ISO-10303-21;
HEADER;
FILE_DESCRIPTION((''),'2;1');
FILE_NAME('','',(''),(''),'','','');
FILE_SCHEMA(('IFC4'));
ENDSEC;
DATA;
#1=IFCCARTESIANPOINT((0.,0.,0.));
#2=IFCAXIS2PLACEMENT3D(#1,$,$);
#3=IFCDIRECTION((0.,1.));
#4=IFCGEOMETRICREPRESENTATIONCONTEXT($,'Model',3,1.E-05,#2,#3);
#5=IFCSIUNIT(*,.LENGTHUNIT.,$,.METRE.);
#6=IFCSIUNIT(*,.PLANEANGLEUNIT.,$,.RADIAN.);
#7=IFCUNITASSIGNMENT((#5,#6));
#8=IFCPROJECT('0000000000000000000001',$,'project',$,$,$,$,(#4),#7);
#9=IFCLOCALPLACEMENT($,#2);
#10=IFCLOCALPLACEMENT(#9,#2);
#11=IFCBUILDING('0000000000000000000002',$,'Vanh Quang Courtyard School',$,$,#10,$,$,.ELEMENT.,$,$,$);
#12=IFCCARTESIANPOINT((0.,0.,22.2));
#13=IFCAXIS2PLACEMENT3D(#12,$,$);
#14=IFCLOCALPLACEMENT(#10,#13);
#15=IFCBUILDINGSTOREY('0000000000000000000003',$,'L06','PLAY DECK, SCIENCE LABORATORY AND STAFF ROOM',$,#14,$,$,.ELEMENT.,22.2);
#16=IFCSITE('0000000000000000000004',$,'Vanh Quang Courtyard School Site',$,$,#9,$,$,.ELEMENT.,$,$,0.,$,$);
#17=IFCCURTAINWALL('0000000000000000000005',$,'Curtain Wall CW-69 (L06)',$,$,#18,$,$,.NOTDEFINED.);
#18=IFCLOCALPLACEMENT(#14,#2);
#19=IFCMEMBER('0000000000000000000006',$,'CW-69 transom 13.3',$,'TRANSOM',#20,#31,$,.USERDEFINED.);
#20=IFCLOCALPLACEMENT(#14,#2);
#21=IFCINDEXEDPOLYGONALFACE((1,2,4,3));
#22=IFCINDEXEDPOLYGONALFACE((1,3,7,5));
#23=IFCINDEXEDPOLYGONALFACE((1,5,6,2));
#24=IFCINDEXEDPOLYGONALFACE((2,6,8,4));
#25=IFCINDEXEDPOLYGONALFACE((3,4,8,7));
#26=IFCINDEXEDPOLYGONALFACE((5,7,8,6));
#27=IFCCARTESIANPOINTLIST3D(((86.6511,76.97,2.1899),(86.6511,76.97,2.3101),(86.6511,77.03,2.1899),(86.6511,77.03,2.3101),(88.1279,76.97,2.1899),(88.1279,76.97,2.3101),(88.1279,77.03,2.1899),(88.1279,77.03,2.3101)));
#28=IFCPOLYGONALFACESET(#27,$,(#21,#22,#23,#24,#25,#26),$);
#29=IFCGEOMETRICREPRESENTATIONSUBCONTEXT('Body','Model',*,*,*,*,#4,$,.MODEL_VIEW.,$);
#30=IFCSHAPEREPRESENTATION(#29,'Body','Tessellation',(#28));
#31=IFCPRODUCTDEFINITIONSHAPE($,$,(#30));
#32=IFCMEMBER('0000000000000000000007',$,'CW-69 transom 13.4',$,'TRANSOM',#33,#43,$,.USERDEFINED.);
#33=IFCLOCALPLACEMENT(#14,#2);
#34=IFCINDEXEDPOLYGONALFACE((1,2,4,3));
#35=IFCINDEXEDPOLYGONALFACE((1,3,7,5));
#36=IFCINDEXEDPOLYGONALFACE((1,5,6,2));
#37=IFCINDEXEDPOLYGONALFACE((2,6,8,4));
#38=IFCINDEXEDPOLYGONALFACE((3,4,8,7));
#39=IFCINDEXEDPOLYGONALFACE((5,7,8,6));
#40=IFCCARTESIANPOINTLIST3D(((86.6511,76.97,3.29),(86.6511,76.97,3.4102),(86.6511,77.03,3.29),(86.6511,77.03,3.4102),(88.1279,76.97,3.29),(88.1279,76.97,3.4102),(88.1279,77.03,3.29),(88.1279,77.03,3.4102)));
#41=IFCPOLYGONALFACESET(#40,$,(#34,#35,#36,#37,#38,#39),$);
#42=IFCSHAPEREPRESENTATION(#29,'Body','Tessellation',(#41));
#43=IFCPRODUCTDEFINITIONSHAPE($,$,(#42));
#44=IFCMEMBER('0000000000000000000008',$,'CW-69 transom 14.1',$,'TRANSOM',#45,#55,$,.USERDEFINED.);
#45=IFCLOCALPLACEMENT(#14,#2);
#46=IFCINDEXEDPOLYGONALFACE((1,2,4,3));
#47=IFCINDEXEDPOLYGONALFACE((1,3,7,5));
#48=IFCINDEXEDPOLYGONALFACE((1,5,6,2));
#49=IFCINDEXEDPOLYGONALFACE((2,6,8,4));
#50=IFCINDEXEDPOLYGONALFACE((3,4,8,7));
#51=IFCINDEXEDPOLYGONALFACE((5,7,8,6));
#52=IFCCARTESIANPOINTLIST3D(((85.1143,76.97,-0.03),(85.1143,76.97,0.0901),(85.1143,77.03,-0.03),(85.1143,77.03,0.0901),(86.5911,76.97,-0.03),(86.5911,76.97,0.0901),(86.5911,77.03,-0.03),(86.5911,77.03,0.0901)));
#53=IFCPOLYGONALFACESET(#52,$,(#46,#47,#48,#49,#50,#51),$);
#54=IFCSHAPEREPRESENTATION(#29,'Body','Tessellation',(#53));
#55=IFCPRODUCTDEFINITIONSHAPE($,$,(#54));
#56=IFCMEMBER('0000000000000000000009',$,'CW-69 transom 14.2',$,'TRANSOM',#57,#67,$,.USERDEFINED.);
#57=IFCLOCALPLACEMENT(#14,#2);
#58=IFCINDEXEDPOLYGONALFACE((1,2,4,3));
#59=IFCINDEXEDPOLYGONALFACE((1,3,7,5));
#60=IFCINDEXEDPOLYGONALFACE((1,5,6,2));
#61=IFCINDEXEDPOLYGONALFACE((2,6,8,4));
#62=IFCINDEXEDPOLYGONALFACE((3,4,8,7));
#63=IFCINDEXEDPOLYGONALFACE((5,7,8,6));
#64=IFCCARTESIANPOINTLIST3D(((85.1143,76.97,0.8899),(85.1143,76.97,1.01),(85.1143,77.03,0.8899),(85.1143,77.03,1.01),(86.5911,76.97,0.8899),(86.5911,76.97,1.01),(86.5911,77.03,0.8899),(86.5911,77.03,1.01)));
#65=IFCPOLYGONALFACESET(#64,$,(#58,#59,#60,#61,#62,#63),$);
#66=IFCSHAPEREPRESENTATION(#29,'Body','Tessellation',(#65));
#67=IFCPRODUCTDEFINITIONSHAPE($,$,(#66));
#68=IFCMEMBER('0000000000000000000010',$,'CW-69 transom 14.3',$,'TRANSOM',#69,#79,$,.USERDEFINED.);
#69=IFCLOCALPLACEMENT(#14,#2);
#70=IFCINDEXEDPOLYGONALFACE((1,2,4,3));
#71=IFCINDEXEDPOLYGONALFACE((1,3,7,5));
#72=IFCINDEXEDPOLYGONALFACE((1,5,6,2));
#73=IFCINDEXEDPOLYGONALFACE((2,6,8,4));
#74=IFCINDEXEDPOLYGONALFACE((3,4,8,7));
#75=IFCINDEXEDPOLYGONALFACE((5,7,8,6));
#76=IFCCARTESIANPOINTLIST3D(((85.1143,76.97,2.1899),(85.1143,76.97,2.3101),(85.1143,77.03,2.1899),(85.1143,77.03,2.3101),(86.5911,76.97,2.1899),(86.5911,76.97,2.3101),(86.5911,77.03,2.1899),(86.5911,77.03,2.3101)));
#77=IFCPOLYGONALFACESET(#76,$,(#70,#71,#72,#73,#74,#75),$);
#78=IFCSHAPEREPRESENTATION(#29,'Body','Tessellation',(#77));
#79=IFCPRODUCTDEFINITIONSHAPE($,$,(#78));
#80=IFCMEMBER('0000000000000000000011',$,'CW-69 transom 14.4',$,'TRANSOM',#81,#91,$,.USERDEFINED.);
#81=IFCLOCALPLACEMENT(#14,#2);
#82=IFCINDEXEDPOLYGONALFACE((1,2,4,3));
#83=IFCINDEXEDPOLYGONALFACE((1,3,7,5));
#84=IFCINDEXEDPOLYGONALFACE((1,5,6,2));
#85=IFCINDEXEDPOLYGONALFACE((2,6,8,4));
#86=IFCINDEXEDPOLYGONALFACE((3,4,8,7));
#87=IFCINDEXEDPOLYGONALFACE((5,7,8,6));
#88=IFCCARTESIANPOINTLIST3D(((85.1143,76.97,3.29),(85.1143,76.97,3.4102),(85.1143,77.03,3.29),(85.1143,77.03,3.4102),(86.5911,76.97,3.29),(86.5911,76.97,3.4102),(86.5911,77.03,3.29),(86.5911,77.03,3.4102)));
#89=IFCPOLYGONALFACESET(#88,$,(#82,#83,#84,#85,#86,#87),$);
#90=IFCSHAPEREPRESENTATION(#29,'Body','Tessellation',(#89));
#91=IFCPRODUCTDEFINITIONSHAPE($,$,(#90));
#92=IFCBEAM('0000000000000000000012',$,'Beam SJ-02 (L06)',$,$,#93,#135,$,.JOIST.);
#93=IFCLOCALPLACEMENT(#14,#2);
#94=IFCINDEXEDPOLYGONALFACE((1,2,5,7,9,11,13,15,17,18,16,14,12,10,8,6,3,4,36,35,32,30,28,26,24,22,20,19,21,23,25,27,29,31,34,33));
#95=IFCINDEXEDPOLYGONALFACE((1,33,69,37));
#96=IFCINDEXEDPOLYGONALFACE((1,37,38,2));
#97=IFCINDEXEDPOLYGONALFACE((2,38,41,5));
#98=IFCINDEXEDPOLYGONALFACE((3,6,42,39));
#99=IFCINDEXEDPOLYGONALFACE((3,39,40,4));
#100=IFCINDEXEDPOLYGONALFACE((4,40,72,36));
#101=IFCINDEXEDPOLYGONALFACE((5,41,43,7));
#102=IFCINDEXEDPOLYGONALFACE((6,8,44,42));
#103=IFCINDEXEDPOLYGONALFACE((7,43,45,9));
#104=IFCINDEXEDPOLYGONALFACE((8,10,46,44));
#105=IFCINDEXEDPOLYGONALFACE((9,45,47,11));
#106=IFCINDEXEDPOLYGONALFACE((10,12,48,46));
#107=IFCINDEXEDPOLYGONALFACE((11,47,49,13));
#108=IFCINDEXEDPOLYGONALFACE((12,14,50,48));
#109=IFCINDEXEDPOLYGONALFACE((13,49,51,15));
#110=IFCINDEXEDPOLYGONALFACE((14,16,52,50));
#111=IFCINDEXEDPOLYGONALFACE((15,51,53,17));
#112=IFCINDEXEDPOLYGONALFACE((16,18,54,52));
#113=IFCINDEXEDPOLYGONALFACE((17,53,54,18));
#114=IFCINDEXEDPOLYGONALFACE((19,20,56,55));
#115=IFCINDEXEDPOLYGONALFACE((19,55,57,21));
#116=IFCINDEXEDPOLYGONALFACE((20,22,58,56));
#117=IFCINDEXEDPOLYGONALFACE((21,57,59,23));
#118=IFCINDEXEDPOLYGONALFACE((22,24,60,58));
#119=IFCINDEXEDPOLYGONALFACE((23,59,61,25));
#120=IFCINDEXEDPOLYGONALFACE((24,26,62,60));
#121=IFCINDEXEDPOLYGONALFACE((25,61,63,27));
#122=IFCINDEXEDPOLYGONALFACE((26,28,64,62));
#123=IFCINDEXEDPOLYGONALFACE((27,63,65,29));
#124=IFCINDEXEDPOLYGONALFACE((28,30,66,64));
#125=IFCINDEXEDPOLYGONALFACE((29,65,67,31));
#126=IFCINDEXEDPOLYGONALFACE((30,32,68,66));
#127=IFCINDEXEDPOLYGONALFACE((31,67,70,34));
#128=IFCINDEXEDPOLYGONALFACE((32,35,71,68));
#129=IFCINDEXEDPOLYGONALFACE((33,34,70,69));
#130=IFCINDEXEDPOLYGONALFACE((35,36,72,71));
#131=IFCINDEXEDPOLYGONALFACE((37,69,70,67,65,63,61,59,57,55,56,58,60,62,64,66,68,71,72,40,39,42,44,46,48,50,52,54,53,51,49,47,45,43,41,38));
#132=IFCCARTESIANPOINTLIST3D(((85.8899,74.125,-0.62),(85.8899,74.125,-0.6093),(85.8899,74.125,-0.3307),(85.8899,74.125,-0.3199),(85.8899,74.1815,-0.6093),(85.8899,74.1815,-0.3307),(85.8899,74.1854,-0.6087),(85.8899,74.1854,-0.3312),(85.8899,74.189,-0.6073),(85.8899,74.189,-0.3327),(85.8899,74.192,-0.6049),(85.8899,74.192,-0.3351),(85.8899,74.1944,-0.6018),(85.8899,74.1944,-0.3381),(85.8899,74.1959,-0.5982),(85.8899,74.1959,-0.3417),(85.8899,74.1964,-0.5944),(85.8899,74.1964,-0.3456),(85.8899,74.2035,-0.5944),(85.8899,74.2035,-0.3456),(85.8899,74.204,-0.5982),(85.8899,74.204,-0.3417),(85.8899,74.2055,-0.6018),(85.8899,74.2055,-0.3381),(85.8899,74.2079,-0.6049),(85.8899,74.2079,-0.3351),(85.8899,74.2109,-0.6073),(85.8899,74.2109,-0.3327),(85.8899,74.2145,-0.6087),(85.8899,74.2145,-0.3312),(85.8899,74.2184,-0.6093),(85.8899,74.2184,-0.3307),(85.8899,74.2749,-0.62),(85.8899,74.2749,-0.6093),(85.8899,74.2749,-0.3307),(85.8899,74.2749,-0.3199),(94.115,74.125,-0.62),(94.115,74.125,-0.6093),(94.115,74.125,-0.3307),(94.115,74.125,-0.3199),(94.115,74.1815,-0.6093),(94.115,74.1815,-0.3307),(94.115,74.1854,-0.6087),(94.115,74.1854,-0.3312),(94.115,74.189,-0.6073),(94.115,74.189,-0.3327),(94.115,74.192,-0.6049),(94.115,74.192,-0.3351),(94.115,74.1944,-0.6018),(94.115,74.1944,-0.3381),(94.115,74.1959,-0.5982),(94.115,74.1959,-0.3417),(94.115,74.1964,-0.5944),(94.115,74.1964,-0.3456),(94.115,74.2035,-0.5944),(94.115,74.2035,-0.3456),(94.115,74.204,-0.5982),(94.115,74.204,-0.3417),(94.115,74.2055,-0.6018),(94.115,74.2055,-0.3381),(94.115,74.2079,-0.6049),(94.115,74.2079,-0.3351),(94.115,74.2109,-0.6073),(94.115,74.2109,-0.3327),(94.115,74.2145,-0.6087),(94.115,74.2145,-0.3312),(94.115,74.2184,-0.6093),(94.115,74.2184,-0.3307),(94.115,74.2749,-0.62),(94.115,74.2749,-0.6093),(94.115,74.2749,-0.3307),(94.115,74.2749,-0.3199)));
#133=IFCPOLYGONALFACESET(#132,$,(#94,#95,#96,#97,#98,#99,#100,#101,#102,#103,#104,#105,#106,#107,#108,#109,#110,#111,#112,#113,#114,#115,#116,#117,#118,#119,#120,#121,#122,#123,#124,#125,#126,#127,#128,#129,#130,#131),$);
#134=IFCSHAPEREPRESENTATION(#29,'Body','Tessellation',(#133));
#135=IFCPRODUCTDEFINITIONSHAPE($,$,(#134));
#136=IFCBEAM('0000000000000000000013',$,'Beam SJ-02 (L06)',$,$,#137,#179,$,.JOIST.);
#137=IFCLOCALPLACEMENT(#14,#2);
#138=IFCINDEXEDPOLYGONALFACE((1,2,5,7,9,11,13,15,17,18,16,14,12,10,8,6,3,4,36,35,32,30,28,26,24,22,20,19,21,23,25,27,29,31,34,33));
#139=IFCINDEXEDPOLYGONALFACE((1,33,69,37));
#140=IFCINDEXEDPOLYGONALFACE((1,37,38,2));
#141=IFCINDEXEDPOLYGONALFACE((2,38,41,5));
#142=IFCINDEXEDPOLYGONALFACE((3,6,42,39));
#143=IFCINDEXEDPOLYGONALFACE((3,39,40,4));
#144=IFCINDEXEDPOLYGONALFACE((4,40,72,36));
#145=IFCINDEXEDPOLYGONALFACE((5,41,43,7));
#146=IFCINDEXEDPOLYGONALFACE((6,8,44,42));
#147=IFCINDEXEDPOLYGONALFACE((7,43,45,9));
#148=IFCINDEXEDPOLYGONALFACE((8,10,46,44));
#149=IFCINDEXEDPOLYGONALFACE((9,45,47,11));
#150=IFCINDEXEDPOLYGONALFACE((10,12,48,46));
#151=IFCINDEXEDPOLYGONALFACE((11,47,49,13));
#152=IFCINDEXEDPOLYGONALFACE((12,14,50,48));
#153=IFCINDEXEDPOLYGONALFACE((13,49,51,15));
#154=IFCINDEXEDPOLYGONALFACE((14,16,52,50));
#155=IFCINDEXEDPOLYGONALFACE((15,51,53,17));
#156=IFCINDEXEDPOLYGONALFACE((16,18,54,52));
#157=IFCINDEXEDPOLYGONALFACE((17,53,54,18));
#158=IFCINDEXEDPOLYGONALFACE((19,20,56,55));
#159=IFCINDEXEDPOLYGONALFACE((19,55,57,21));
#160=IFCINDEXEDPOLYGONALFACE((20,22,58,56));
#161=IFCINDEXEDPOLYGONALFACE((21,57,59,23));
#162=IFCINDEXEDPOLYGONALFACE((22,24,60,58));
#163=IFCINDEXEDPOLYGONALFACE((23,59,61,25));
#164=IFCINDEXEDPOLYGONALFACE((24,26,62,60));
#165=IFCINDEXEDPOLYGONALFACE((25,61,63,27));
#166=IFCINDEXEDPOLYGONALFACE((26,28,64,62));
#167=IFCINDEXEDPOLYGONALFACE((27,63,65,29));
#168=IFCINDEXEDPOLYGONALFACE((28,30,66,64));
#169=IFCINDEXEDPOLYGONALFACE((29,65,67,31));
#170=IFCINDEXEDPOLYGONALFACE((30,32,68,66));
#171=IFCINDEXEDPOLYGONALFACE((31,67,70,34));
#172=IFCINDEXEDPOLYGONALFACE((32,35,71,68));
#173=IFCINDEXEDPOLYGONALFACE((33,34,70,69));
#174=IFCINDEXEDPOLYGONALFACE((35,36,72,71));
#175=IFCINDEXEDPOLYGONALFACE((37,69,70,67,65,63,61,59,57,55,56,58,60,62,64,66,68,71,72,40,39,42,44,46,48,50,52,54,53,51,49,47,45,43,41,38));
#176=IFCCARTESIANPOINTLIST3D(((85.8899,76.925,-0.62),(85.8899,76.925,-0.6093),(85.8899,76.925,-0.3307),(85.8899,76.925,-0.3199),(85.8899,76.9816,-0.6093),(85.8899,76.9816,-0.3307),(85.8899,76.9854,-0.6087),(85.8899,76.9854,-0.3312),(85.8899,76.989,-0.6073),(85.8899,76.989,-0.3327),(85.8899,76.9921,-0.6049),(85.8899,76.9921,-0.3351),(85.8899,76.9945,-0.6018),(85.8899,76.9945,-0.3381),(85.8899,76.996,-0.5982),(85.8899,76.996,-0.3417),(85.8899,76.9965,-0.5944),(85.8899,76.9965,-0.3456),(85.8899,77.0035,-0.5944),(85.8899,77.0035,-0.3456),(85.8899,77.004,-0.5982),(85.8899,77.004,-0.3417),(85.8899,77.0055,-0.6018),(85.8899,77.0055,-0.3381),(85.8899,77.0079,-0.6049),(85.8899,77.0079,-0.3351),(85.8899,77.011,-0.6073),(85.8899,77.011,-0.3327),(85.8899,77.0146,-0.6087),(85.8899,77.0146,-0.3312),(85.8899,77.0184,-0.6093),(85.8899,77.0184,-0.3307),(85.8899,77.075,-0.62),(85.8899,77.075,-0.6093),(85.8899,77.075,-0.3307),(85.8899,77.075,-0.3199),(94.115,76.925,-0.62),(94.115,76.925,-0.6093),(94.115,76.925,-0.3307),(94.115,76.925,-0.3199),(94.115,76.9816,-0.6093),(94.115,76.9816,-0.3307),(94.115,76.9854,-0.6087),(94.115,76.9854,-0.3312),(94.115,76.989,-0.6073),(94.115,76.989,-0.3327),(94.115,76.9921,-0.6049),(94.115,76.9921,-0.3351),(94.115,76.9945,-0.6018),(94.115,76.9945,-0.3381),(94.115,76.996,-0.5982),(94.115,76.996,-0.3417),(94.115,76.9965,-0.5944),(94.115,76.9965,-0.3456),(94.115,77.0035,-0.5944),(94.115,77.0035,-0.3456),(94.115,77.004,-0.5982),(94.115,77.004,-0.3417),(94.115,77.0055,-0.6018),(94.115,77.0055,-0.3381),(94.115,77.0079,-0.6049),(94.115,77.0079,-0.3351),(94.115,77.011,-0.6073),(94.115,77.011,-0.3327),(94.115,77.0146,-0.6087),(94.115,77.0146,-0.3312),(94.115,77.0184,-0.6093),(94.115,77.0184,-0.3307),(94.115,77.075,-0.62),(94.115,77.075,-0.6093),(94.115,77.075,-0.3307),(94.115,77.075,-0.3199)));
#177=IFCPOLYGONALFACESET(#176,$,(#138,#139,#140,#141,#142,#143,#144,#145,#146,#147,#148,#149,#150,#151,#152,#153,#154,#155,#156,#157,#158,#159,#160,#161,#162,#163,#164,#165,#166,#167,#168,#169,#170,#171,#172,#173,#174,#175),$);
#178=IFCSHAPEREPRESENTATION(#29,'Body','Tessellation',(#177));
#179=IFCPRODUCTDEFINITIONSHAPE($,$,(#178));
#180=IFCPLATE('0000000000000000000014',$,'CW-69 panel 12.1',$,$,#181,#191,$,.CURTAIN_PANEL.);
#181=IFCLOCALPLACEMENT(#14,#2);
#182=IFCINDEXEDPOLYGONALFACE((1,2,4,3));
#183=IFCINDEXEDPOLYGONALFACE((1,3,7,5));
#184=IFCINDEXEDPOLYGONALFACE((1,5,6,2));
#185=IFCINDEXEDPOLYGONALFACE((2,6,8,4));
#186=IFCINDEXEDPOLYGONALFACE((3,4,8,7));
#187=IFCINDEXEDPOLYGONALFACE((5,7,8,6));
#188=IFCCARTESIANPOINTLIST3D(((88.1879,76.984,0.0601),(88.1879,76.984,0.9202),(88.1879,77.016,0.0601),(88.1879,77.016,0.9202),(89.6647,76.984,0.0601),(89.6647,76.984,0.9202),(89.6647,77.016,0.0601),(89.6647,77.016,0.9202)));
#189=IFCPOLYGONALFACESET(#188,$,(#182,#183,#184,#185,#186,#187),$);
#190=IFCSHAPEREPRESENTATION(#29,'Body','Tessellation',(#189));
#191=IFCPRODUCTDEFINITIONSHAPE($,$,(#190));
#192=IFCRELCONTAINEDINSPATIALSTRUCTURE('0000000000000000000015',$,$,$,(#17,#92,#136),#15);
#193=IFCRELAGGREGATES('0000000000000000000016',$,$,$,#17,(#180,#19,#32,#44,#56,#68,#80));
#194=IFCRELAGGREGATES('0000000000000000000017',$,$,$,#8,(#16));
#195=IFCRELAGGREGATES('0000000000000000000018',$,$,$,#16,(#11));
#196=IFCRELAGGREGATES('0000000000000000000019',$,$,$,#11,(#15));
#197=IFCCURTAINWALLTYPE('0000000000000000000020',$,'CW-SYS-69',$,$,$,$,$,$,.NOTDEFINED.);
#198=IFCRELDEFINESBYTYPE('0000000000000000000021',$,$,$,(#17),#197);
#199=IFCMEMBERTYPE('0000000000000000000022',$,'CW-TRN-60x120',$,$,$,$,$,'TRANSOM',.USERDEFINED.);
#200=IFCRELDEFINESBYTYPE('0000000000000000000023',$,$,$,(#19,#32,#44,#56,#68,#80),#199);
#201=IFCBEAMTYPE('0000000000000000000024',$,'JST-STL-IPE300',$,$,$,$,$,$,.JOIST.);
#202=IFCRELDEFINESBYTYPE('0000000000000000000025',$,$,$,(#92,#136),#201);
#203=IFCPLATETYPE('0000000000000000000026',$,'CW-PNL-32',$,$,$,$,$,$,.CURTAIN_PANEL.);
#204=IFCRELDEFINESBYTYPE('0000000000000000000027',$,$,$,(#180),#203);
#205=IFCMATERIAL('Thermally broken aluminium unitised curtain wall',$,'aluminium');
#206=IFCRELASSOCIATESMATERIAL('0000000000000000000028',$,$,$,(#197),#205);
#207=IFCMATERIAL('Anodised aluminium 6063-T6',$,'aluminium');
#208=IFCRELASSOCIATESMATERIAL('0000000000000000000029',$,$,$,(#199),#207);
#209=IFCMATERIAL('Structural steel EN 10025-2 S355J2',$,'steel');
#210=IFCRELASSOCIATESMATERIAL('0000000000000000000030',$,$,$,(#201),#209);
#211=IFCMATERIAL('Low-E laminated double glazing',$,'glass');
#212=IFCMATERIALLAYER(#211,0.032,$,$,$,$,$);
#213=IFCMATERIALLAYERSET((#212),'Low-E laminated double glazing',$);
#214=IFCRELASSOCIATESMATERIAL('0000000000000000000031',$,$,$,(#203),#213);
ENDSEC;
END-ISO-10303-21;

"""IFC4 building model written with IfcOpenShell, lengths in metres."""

from ifc_helpers import new_model, si_unit, direction, frame, origin, origin_2d, place, context, subcontext, project, spatial, rectangle, i_section, extrude, material, layer, layer_set, material_profile, profile_set, type_object, element, aggregate, save


model = new_model("IFC4")

# Units and contexts
model_context = context("Model", 3, precision=1e-05, world=origin(), true_north=direction((0.0, 1.0)))
body_context = subcontext(model_context, "Body", "Model", "MODEL_VIEW")
ifc_project = project(units=[si_unit("LENGTHUNIT", "METRE"), si_unit("PLANEANGLEUNIT", "RADIAN")], contexts=[model_context])

# Site, building, storey
site_placement = place(None, origin())
site = spatial("IfcSite", under=ifc_project, at=site_placement, Name="Vanh Quang Courtyard School Site", CompositionType="ELEMENT", RefElevation=0.0)
building_placement = place(site_placement, origin())
building = spatial("IfcBuilding", under=site, at=building_placement, Name="Vanh Quang Courtyard School", CompositionType="ELEMENT")
storey_placement = place(building_placement, frame((0.0, 0.0, 22.2)))
storey = spatial("IfcBuildingStorey", under=building, at=storey_placement, Name="L06", Description="PLAY DECK, SCIENCE LABORATORY AND STAFF ROOM", CompositionType="ELEMENT", Elevation=22.2)

# Shared definitions
ifc_material_1 = material(Name="Structural steel EN 10025-2 S355J2", Category="steel")

# Curtain wall, members
ifc_material_2 = material(Name="Thermally broken aluminium unitised curtain wall", Category="aluminium")
curtain_wall_type = type_object("IfcCurtainWallType", Name="CW-SYS-69", PredefinedType="NOTDEFINED", material=ifc_material_2)
curtain_wall_placement = place(storey_placement, origin())
curtain_wall = element("IfcCurtainWall", 1, at=curtain_wall_placement, inside=storey, type_object=curtain_wall_type, Name="Curtain Wall CW-69 (L06)", PredefinedType="NOTDEFINED")
ifc_material_3 = material(Name="Anodised aluminium 6063-T6", Category="aluminium")
ifc_material_profile_1 = material_profile(ifc_material_3, rectangle(XDim=0.0601, YDim=0.1201, at=origin_2d()), Name="ALU-TRN 60x120")
ifc_profile_set_1 = profile_set([ifc_material_profile_1], Name="Anodised aluminium 6063-T6")
member_type_1 = type_object("IfcMemberType", Name="CW-TRN-60x120", ElementType="TRANSOM", PredefinedType="USERDEFINED", material=ifc_profile_set_1)
member_1_placement = place(storey_placement, frame((88.1279, 77.0, 2.25), z_axis=(-1.0, 0.0, 0.0), x_axis=(0.0, -1.0, 0.0)))
member_1 = element("IfcMember", 2, at=member_1_placement, type_object=member_type_1, Name="CW-69 transom 13.3", ObjectType="TRANSOM", PredefinedType="USERDEFINED", context=body_context, shape_type="SweptSolid", body=[
    extrude(rectangle(XDim=0.0601, YDim=0.1201, at=origin_2d()), origin(), (0.0, 0.0, 1.0), 1.4768),
])
member_2_placement = place(storey_placement, frame((88.1279, 77.0, 3.3501), z_axis=(-1.0, 0.0, 0.0), x_axis=(0.0, -1.0, 0.0)))
member_2 = element("IfcMember", 3, at=member_2_placement, type_object=member_type_1, Name="CW-69 transom 13.4", ObjectType="TRANSOM", PredefinedType="USERDEFINED", context=body_context, shape_type="SweptSolid", body=[
    extrude(rectangle(XDim=0.0601, YDim=0.1201, at=origin_2d()), origin(), (0.0, 0.0, 1.0), 1.4768),
])
member_3_placement = place(storey_placement, frame((86.5911, 77.0, 0.03), z_axis=(-1.0, 0.0, 0.0), x_axis=(0.0, -1.0, 0.0)))
member_3 = element("IfcMember", 4, at=member_3_placement, type_object=member_type_1, Name="CW-69 transom 14.1", ObjectType="TRANSOM", PredefinedType="USERDEFINED", context=body_context, shape_type="SweptSolid", body=[
    extrude(rectangle(XDim=0.0601, YDim=0.1201, at=origin_2d()), origin(), (0.0, 0.0, 1.0), 1.4768),
])
member_4_placement = place(storey_placement, frame((86.5911, 77.0, 0.95), z_axis=(-1.0, 0.0, 0.0), x_axis=(0.0, -1.0, 0.0)))
member_4 = element("IfcMember", 5, at=member_4_placement, type_object=member_type_1, Name="CW-69 transom 14.2", ObjectType="TRANSOM", PredefinedType="USERDEFINED", context=body_context, shape_type="SweptSolid", body=[
    extrude(rectangle(XDim=0.0601, YDim=0.1201, at=origin_2d()), origin(), (0.0, 0.0, 1.0), 1.4768),
])
member_5_placement = place(storey_placement, frame((86.5911, 77.0, 2.25), z_axis=(-1.0, 0.0, 0.0), x_axis=(0.0, -1.0, 0.0)))
member_5 = element("IfcMember", 6, at=member_5_placement, type_object=member_type_1, Name="CW-69 transom 14.3", ObjectType="TRANSOM", PredefinedType="USERDEFINED", context=body_context, shape_type="SweptSolid", body=[
    extrude(rectangle(XDim=0.0601, YDim=0.1201, at=origin_2d()), origin(), (0.0, 0.0, 1.0), 1.4768),
])
member_6_placement = place(storey_placement, frame((86.5911, 77.0, 3.3501), z_axis=(-1.0, 0.0, 0.0), x_axis=(0.0, -1.0, 0.0)))
member_6 = element("IfcMember", 7, at=member_6_placement, type_object=member_type_1, Name="CW-69 transom 14.4", ObjectType="TRANSOM", PredefinedType="USERDEFINED", context=body_context, shape_type="SweptSolid", body=[
    extrude(rectangle(XDim=0.0601, YDim=0.1201, at=origin_2d()), origin(), (0.0, 0.0, 1.0), 1.4768),
])

# Beams
ifc_material_profile_2 = material_profile(ifc_material_1, i_section(OverallWidth=0.1499, OverallDepth=0.3, WebThickness=0.0071, FlangeThickness=0.0107, FilletRadius=0.0149, at=origin_2d()), Name="IPE 300")
ifc_profile_set_2 = profile_set([ifc_material_profile_2], Name="Structural steel EN 10025-2 S355J2")
beam_type_1 = type_object("IfcBeamType", Name="JST-STL-IPE300", PredefinedType="JOIST", material=ifc_profile_set_2)
for number, where, z_axis, x_axis, name in (
    (8, (85.8899, 74.2, -0.47), (1.0, 0.0, 0.0), (0.0, 1.0, 0.0), "Beam SJ-02 (L06)"),
    (9, (85.8899, 77.0, -0.47), (1.0, 0.0, 0.0), (0.0, 1.0, 0.0), "Beam SJ-02 (L06)"),
):
    element("IfcBeam", number, at=place(storey_placement, frame(where, z_axis=z_axis, x_axis=x_axis)), inside=storey, type_object=beam_type_1, Name=name, PredefinedType="JOIST", context=body_context, shape_type="SweptSolid", body=[
        extrude(i_section(OverallWidth=0.1499, OverallDepth=0.3, WebThickness=0.0071, FlangeThickness=0.0107, FilletRadius=0.0149, at=origin_2d()), origin(), (0.0, 0.0, 1.0), 8.2251),
    ])

# Plate
ifc_material_4 = material(Name="Low-E laminated double glazing", Category="glass")
ifc_layer = layer(ifc_material_4, 0.032)
ifc_layer_set = layer_set([ifc_layer], Name="Low-E laminated double glazing")
plate_type = type_object("IfcPlateType", Name="CW-PNL-32", PredefinedType="CURTAIN_PANEL", material=ifc_layer_set)
plate_1_placement = place(storey_placement, frame((88.9263, 77.0, 0.0601), z_axis=(0.0, 0.0, 1.0), x_axis=(-1.0, 0.0, 0.0)))
plate_1 = element("IfcPlate", 10, at=plate_1_placement, type_object=plate_type, Name="CW-69 panel 12.1", PredefinedType="CURTAIN_PANEL", context=body_context, shape_type="SweptSolid", body=[
    extrude(rectangle(XDim=1.4768, YDim=0.032, at=origin_2d()), origin(), (0.0, 0.0, 1.0), 0.8601),
])
aggregate(curtain_wall, [plate_1, member_1, member_2, member_3, member_4, member_5, member_6])

save(model, "model.ifc")
